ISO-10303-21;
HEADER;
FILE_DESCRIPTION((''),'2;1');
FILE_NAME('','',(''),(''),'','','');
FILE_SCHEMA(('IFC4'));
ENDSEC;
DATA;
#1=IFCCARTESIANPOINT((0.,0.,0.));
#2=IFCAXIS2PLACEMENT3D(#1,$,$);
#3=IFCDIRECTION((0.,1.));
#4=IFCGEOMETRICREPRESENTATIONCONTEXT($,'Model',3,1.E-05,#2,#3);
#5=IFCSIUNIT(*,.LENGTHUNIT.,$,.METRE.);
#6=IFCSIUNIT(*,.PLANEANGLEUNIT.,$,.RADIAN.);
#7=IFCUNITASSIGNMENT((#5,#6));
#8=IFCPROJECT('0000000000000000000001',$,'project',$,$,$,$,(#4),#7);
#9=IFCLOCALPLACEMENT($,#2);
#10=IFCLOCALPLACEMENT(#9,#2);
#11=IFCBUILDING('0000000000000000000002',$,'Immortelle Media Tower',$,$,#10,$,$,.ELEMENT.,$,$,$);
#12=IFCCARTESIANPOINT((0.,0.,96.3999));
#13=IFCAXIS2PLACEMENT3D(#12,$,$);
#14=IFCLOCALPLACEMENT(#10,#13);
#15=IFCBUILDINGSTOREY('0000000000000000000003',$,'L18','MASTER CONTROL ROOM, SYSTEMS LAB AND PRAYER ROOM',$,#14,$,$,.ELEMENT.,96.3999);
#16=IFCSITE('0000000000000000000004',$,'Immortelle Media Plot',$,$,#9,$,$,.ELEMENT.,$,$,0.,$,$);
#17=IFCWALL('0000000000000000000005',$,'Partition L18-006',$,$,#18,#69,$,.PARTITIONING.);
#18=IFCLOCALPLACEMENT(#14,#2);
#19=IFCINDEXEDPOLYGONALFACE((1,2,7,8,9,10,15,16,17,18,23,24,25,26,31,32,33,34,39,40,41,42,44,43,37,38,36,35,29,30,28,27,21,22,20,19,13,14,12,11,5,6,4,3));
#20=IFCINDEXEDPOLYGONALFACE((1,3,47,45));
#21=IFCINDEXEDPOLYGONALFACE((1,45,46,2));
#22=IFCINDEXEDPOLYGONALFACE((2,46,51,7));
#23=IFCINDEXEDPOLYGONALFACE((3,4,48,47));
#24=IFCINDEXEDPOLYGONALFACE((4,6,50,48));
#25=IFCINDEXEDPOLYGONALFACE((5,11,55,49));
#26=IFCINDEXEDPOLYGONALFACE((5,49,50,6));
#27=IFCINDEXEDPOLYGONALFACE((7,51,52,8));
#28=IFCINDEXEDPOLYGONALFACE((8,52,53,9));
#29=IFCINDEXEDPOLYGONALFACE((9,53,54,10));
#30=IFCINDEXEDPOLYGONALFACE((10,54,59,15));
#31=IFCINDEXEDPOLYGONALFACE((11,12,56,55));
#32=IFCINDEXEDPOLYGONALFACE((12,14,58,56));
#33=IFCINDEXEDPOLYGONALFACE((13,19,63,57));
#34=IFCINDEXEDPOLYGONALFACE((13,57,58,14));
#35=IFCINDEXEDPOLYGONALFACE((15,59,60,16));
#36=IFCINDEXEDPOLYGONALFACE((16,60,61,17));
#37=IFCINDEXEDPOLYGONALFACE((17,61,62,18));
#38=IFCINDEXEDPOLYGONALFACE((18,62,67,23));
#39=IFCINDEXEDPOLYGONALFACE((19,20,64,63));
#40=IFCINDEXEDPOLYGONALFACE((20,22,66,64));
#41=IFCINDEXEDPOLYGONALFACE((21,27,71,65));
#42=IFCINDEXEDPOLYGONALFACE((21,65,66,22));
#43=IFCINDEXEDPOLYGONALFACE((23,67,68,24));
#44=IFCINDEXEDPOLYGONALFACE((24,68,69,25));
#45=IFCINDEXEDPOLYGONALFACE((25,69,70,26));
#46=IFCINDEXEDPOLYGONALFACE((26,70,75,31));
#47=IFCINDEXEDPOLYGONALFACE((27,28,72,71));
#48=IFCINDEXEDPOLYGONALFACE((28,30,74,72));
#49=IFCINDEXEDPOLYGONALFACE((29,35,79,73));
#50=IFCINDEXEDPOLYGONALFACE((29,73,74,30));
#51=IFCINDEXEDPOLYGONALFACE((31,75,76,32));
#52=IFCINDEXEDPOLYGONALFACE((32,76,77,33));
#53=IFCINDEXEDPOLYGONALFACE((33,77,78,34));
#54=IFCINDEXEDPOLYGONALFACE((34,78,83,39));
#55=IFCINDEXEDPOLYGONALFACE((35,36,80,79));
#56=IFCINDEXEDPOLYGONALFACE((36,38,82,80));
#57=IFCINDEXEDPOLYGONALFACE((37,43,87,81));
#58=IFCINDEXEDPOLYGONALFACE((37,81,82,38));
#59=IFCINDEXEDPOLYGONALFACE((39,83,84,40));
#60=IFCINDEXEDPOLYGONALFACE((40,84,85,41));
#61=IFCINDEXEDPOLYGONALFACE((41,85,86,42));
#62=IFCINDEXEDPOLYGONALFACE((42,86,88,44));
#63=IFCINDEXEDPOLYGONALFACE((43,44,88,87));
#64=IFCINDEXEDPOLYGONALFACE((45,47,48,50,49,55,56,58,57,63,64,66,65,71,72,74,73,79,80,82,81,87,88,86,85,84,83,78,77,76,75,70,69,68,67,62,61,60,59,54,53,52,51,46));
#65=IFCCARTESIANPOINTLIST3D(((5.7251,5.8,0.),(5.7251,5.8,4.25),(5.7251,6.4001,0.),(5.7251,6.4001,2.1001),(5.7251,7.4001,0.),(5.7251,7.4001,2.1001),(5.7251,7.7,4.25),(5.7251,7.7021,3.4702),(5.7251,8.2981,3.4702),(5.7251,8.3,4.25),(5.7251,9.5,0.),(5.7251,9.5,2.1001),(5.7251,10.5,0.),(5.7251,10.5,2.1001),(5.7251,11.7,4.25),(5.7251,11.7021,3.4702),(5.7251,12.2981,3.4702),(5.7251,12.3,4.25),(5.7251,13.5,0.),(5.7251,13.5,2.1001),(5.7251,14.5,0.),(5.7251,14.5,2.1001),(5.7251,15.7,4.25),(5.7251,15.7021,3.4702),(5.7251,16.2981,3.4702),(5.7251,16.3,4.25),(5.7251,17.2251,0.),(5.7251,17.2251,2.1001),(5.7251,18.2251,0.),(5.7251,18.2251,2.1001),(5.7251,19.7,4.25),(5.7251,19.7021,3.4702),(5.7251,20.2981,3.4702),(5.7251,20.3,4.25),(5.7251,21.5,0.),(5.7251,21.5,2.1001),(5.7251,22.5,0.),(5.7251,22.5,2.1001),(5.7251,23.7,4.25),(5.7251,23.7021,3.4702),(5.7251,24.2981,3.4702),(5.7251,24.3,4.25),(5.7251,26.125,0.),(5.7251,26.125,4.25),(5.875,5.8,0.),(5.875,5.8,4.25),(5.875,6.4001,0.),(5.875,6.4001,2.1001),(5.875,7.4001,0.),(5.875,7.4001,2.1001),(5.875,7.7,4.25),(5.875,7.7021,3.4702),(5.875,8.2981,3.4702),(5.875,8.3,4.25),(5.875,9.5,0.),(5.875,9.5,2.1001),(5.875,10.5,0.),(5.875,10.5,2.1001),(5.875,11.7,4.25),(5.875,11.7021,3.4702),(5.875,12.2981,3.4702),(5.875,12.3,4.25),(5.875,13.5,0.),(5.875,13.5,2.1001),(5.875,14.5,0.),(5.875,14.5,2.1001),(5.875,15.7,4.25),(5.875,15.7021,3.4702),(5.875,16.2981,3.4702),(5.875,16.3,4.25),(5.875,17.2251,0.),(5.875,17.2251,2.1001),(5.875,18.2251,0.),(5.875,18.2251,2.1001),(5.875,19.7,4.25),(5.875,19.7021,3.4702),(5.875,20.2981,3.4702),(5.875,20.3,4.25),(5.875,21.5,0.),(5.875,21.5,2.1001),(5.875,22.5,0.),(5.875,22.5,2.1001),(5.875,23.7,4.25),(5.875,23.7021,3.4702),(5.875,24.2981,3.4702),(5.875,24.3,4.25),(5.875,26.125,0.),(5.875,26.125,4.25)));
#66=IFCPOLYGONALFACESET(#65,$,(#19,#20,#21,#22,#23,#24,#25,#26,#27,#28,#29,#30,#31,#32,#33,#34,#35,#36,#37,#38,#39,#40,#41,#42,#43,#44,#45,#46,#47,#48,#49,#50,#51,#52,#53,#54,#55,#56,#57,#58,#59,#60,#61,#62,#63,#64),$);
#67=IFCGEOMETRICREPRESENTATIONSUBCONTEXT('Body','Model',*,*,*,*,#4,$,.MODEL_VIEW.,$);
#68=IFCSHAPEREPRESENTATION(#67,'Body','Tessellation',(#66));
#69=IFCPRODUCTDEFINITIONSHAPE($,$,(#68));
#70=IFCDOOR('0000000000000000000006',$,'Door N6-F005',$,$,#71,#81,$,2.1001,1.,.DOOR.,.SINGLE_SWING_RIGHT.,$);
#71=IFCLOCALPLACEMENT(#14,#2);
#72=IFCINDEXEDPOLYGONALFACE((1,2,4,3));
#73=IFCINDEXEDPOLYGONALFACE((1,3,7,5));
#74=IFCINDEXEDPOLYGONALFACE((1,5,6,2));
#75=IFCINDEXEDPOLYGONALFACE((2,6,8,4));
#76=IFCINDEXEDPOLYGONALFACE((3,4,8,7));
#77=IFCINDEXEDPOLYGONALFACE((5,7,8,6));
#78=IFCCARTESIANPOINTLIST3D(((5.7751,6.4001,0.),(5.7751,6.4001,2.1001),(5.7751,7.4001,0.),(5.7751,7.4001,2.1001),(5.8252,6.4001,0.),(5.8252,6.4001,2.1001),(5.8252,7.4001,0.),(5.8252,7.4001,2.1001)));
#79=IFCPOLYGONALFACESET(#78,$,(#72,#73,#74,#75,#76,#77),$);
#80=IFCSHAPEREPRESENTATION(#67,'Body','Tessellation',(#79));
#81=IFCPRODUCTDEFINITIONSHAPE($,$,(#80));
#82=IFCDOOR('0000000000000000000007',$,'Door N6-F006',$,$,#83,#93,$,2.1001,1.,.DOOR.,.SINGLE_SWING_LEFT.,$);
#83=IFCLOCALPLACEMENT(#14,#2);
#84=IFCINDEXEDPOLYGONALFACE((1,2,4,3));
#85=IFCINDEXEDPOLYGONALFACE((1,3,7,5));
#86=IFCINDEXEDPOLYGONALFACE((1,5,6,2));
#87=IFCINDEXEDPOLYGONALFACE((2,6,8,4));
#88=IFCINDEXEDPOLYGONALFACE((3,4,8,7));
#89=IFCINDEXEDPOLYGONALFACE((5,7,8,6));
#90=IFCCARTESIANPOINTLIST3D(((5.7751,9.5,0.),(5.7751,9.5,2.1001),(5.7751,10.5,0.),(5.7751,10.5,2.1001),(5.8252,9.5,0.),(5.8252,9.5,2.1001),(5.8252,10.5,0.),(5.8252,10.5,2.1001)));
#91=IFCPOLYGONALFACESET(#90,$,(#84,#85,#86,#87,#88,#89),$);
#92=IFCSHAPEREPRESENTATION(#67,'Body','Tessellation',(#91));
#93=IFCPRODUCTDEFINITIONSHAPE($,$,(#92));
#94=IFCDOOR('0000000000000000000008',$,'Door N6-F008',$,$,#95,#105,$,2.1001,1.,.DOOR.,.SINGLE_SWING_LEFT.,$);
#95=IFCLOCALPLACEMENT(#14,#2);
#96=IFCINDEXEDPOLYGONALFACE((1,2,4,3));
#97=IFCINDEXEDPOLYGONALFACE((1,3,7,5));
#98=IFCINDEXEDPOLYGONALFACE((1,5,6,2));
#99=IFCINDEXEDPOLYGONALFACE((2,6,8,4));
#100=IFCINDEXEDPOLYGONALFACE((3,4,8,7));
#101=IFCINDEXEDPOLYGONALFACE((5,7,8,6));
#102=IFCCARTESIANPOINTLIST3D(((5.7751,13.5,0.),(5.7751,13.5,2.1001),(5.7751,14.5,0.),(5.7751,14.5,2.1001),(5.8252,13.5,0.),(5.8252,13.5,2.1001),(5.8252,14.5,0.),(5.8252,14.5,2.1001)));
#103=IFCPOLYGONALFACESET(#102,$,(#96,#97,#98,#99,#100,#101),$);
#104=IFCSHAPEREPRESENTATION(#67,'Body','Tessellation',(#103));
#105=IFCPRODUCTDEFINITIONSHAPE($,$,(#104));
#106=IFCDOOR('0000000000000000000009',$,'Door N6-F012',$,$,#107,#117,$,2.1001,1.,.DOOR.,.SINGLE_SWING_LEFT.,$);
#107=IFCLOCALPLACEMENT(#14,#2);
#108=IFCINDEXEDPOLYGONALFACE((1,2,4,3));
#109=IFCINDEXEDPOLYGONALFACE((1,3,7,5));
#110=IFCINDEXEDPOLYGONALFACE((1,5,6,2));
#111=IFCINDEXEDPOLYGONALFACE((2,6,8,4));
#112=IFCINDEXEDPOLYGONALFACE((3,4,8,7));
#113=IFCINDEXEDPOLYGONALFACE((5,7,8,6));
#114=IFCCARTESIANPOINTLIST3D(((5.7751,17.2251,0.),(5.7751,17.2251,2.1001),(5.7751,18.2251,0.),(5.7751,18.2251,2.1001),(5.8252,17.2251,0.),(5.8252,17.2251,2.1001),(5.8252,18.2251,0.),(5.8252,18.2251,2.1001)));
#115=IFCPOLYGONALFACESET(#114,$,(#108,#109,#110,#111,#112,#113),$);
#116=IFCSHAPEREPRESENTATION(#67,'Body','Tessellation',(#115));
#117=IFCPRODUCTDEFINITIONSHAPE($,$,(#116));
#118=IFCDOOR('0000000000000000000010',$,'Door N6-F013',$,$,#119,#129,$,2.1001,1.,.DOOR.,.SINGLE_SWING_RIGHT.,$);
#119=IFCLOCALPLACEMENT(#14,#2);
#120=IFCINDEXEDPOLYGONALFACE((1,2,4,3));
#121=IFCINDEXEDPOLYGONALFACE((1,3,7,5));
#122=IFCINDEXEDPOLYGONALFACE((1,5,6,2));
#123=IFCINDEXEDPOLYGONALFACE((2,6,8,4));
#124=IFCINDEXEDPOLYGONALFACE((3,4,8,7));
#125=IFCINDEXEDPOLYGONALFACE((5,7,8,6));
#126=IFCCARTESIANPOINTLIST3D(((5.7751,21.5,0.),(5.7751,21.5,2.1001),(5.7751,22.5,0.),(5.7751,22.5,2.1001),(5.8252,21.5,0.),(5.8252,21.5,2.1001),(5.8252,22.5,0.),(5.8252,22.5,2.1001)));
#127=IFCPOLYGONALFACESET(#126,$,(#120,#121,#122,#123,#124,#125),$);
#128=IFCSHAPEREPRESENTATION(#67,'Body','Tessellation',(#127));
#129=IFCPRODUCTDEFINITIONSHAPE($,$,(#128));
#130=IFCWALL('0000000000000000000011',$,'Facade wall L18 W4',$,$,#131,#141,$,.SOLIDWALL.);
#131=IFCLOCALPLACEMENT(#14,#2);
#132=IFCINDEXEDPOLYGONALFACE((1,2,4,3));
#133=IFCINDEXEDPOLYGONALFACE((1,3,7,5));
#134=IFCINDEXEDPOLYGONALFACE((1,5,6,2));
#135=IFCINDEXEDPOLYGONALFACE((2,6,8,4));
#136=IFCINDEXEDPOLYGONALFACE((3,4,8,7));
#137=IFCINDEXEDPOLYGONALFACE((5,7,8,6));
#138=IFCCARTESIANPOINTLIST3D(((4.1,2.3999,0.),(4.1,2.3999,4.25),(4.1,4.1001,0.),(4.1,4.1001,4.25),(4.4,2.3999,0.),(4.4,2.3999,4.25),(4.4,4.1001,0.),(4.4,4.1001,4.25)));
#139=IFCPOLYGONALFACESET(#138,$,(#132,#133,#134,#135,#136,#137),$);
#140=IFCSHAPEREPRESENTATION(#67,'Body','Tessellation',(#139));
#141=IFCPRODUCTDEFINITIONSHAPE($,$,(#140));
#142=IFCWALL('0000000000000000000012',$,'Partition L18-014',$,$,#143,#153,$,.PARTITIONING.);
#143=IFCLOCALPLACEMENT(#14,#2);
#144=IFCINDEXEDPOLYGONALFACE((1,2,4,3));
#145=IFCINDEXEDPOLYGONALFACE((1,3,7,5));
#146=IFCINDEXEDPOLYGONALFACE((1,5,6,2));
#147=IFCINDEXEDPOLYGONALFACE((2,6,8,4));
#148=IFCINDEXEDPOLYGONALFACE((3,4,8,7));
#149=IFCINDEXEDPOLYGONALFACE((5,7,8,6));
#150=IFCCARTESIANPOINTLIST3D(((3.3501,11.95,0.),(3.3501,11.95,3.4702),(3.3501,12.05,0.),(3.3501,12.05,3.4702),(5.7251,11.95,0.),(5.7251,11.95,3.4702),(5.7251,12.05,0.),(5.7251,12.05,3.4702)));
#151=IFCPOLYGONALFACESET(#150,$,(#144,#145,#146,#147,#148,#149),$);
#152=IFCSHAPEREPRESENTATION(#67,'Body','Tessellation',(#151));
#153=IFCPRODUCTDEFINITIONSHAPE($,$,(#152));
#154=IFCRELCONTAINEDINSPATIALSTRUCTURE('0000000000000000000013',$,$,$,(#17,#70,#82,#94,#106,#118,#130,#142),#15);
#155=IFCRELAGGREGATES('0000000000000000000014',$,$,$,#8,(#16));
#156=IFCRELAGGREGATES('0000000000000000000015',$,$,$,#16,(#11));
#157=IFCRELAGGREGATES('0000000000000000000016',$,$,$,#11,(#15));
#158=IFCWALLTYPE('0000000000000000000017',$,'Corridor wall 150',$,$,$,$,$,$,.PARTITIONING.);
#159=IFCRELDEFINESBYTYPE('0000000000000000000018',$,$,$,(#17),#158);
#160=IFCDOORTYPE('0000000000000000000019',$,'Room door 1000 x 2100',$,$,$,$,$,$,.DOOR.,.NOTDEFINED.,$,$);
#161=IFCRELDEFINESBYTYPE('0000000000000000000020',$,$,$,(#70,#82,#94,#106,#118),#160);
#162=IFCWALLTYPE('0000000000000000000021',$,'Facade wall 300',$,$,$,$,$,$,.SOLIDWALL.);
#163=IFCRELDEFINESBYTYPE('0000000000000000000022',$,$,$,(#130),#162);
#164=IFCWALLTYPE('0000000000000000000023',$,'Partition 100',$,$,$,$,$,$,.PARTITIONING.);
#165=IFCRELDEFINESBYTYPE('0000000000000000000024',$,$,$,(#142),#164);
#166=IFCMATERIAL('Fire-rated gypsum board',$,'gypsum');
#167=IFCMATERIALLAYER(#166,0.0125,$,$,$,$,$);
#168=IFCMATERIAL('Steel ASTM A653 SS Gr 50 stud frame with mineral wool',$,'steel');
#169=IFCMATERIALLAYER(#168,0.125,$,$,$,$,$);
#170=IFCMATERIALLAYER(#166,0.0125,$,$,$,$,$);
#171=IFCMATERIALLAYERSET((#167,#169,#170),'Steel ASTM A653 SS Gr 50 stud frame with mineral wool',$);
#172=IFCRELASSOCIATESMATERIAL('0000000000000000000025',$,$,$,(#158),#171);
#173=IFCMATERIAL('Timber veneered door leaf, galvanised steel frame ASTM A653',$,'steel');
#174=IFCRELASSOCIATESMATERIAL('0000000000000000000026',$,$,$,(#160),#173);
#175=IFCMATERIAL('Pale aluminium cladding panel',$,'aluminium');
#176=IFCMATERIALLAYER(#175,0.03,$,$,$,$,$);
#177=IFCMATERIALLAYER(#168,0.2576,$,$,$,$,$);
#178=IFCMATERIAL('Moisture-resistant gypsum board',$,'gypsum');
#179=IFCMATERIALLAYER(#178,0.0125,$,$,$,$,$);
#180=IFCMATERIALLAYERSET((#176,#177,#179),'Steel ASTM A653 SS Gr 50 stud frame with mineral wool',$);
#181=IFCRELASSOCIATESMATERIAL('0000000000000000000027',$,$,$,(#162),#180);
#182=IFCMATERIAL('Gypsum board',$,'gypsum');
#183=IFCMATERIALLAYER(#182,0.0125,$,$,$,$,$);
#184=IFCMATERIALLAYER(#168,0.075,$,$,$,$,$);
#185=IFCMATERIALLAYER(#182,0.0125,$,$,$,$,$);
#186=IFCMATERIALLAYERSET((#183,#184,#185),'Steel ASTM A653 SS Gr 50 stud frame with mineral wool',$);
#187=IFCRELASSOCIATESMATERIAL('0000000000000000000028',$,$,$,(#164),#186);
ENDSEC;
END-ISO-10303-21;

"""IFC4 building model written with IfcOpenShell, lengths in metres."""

from ifc_helpers import new_model, si_unit, direction, frame, frame_2d, origin, place, context, subcontext, project, spatial, polyline, rectangle, outline, extrude, material, layer, layer_set, type_object, element, fill, save


model = new_model("IFC4")

# Units and contexts
model_context = context("Model", 3, precision=1e-05, world=origin(), true_north=direction((0.0, 1.0)))
body_context = subcontext(model_context, "Body", "Model", "MODEL_VIEW")
ifc_project = project(units=[si_unit("LENGTHUNIT", "METRE"), si_unit("PLANEANGLEUNIT", "RADIAN")], contexts=[model_context])

# Site, building, storey
site_placement = place(None, origin())
site = spatial("IfcSite", under=ifc_project, at=site_placement, Name="Immortelle Media Plot", CompositionType="ELEMENT", RefElevation=0.0)
building_placement = place(site_placement, origin())
building = spatial("IfcBuilding", under=site, at=building_placement, Name="Immortelle Media Tower", CompositionType="ELEMENT")
storey_placement = place(building_placement, frame((0.0, 0.0, 96.3999)))
storey = spatial("IfcBuildingStorey", under=building, at=storey_placement, Name="L18", Description="MASTER CONTROL ROOM, SYSTEMS LAB AND PRAYER ROOM", CompositionType="ELEMENT", Elevation=96.3999)

# Wall, openings, doors
ifc_material_1 = material(Name="Fire-rated gypsum board", Category="gypsum")
ifc_layer_1 = layer(ifc_material_1, 0.0125)
ifc_material_2 = material(Name="Steel ASTM A653 SS Gr 50 stud frame with mineral wool", Category="steel")
ifc_layer_2 = layer(ifc_material_2, 0.125)
ifc_layer_3 = layer(ifc_material_1, 0.0125)
ifc_layer_set_1 = layer_set([ifc_layer_1, ifc_layer_2, ifc_layer_3], Name="Steel ASTM A653 SS Gr 50 stud frame with mineral wool")
wall_type_1 = type_object("IfcWallType", Name="Corridor wall 150", PredefinedType="PARTITIONING", material=ifc_layer_set_1)
ifc_material_3 = material(Name="Timber veneered door leaf, galvanised steel frame ASTM A653", Category="steel")
door_type_1 = type_object("IfcDoorType", Name="Room door 1000 x 2100", OperationType="NOTDEFINED", PredefinedType="DOOR", material=ifc_material_3)
wall_1_placement = place(storey_placement, frame((5.8, 5.8, 0.0), z_axis=(0.0, 0.0, 1.0), x_axis=(0.0, 1.0, 0.0)))
wall_1 = element("IfcWall", 1, at=wall_1_placement, inside=storey, type_object=wall_type_1, Name="Partition L18-006", PredefinedType="PARTITIONING", context=body_context, shape_type="SweptSolid", body=[
    extrude(outline(polyline([(0.0, 0.0), (20.325, 0.0), (20.325, 4.25), (18.5, 4.25), (18.498, 3.4702), (17.9021, 3.4702), (17.8999, 4.25), (14.5, 4.25), (14.498, 3.4702), (13.9021, 3.4702), (13.8999, 4.25), (10.5, 4.25), (10.498, 3.4702), (9.9021, 3.4702), (9.8999, 4.25), (6.5, 4.25), (6.498, 3.4702), (5.9021, 3.4702), (5.8999, 4.25), (2.5, 4.25), (2.498, 3.4702), (1.9021, 3.4702), (1.8999, 4.25), (0.0, 4.25), (0.0, 0.0)])), frame((0.0, 0.075, 0.0), z_axis=(0.0, -1.0, 0.0), x_axis=(1.0, 0.0, 0.0)), (0.0, 0.0, 1.0), 0.1499),
])
opening_1_placement = place(wall_1_placement, frame((0.6001, 0.0, 0.0)))
opening_1 = element("IfcOpeningElement", 2, at=opening_1_placement, cuts=wall_1, PredefinedType="OPENING", context=body_context, shape_type="SweptSolid", body=[
    extrude(rectangle(XDim=1.0, YDim=2.1001, at=frame_2d((0.5, 1.05))), frame((0.0, 0.085, 0.0), z_axis=(0.0, -1.0, 0.0), x_axis=(1.0, 0.0, 0.0)), (0.0, 0.0, 1.0), 0.1699),
])
opening_2_placement = place(wall_1_placement, frame((3.7, 0.0, 0.0)))
opening_2 = element("IfcOpeningElement", 3, at=opening_2_placement, cuts=wall_1, PredefinedType="OPENING", context=body_context, shape_type="SweptSolid", body=[
    extrude(rectangle(XDim=1.0, YDim=2.1001, at=frame_2d((0.5, 1.05))), frame((0.0, 0.085, 0.0), z_axis=(0.0, -1.0, 0.0), x_axis=(1.0, 0.0, 0.0)), (0.0, 0.0, 1.0), 0.1699),
])
opening_3_placement = place(wall_1_placement, frame((7.7, 0.0, 0.0)))
opening_3 = element("IfcOpeningElement", 4, at=opening_3_placement, cuts=wall_1, PredefinedType="OPENING", context=body_context, shape_type="SweptSolid", body=[
    extrude(rectangle(XDim=1.0, YDim=2.1001, at=frame_2d((0.5, 1.05))), frame((0.0, 0.085, 0.0), z_axis=(0.0, -1.0, 0.0), x_axis=(1.0, 0.0, 0.0)), (0.0, 0.0, 1.0), 0.1699),
])
opening_4_placement = place(wall_1_placement, frame((11.425, 0.0, 0.0)))
opening_4 = element("IfcOpeningElement", 5, at=opening_4_placement, cuts=wall_1, PredefinedType="OPENING", context=body_context, shape_type="SweptSolid", body=[
    extrude(rectangle(XDim=1.0, YDim=2.1001, at=frame_2d((0.5, 1.05))), frame((0.0, 0.085, 0.0), z_axis=(0.0, -1.0, 0.0), x_axis=(1.0, 0.0, 0.0)), (0.0, 0.0, 1.0), 0.1699),
])
opening_5_placement = place(wall_1_placement, frame((15.7, 0.0, 0.0)))
opening_5 = element("IfcOpeningElement", 6, at=opening_5_placement, cuts=wall_1, PredefinedType="OPENING", context=body_context, shape_type="SweptSolid", body=[
    extrude(rectangle(XDim=1.0, YDim=2.1001, at=frame_2d((0.5, 1.05))), frame((0.0, 0.085, 0.0), z_axis=(0.0, -1.0, 0.0), x_axis=(1.0, 0.0, 0.0)), (0.0, 0.0, 1.0), 0.1699),
])
door_1_placement = place(opening_1_placement, origin())
door_1 = element("IfcDoor", 7, at=door_1_placement, inside=storey, type_object=door_type_1, Name="Door N6-F005", OperationType="SINGLE_SWING_RIGHT", OverallHeight=2.1001, OverallWidth=1.0, PredefinedType="DOOR", context=body_context, shape_type="SweptSolid", body=[
    extrude(rectangle(XDim=1.0, YDim=2.1001, at=frame_2d((0.5, 1.05))), frame((0.0, 0.0249, 0.0), z_axis=(0.0, -1.0, 0.0), x_axis=(1.0, 0.0, 0.0)), (0.0, 0.0, 1.0), 0.05),
])
fill(opening_1, door_1)
door_2_placement = place(opening_2_placement, origin())
door_2 = element("IfcDoor", 8, at=door_2_placement, inside=storey, type_object=door_type_1, Name="Door N6-F006", OperationType="SINGLE_SWING_LEFT", OverallHeight=2.1001, OverallWidth=1.0, PredefinedType="DOOR", context=body_context, shape_type="SweptSolid", body=[
    extrude(rectangle(XDim=1.0, YDim=2.1001, at=frame_2d((0.5, 1.05))), frame((0.0, 0.0249, 0.0), z_axis=(0.0, -1.0, 0.0), x_axis=(1.0, 0.0, 0.0)), (0.0, 0.0, 1.0), 0.05),
])
fill(opening_2, door_2)
door_3_placement = place(opening_3_placement, origin())
door_3 = element("IfcDoor", 9, at=door_3_placement, inside=storey, type_object=door_type_1, Name="Door N6-F008", OperationType="SINGLE_SWING_LEFT", OverallHeight=2.1001, OverallWidth=1.0, PredefinedType="DOOR", context=body_context, shape_type="SweptSolid", body=[
    extrude(rectangle(XDim=1.0, YDim=2.1001, at=frame_2d((0.5, 1.05))), frame((0.0, 0.0249, 0.0), z_axis=(0.0, -1.0, 0.0), x_axis=(1.0, 0.0, 0.0)), (0.0, 0.0, 1.0), 0.05),
])
fill(opening_3, door_3)
door_4_placement = place(opening_4_placement, origin())
door_4 = element("IfcDoor", 10, at=door_4_placement, inside=storey, type_object=door_type_1, Name="Door N6-F012", OperationType="SINGLE_SWING_LEFT", OverallHeight=2.1001, OverallWidth=1.0, PredefinedType="DOOR", context=body_context, shape_type="SweptSolid", body=[
    extrude(rectangle(XDim=1.0, YDim=2.1001, at=frame_2d((0.5, 1.05))), frame((0.0, 0.0249, 0.0), z_axis=(0.0, -1.0, 0.0), x_axis=(1.0, 0.0, 0.0)), (0.0, 0.0, 1.0), 0.05),
])
fill(opening_4, door_4)
door_5_placement = place(opening_5_placement, origin())
door_5 = element("IfcDoor", 11, at=door_5_placement, inside=storey, type_object=door_type_1, Name="Door N6-F013", OperationType="SINGLE_SWING_RIGHT", OverallHeight=2.1001, OverallWidth=1.0, PredefinedType="DOOR", context=body_context, shape_type="SweptSolid", body=[
    extrude(rectangle(XDim=1.0, YDim=2.1001, at=frame_2d((0.5, 1.05))), frame((0.0, 0.0249, 0.0), z_axis=(0.0, -1.0, 0.0), x_axis=(1.0, 0.0, 0.0)), (0.0, 0.0, 1.0), 0.05),
])
fill(opening_5, door_5)

# Walls
ifc_material_4 = material(Name="Pale aluminium cladding panel", Category="aluminium")
ifc_layer_4 = layer(ifc_material_4, 0.03)
ifc_layer_5 = layer(ifc_material_2, 0.2576)
ifc_material_5 = material(Name="Moisture-resistant gypsum board", Category="gypsum")
ifc_layer_6 = layer(ifc_material_5, 0.0125)
ifc_layer_set_2 = layer_set([ifc_layer_4, ifc_layer_5, ifc_layer_6], Name="Steel ASTM A653 SS Gr 50 stud frame with mineral wool")
wall_type_2 = type_object("IfcWallType", Name="Facade wall 300", PredefinedType="SOLIDWALL", material=ifc_layer_set_2)
wall_2_placement = place(storey_placement, frame((4.25, 4.1001, 0.0), z_axis=(0.0, 0.0, 1.0), x_axis=(0.0, -1.0, 0.0)))
element("IfcWall", 12, at=wall_2_placement, inside=storey, type_object=wall_type_2, Name="Facade wall L18 W4", PredefinedType="SOLIDWALL", context=body_context, shape_type="SweptSolid", body=[
    extrude(rectangle(XDim=1.7002, YDim=0.3, at=frame_2d((0.8501, 0.0))), origin(), (0.0, 0.0, 1.0), 4.25),
])
ifc_material_6 = material(Name="Gypsum board", Category="gypsum")
ifc_layer_7 = layer(ifc_material_6, 0.0125)
ifc_layer_8 = layer(ifc_material_2, 0.075)
ifc_layer_9 = layer(ifc_material_6, 0.0125)
ifc_layer_set_3 = layer_set([ifc_layer_7, ifc_layer_8, ifc_layer_9], Name="Steel ASTM A653 SS Gr 50 stud frame with mineral wool")
wall_type_3 = type_object("IfcWallType", Name="Partition 100", PredefinedType="PARTITIONING", material=ifc_layer_set_3)
wall_3_placement = place(storey_placement, frame((3.3501, 12.0, 0.0), z_axis=(0.0, 0.0, 1.0), x_axis=(1.0, 0.0, 0.0)))
element("IfcWall", 13, at=wall_3_placement, inside=storey, type_object=wall_type_3, Name="Partition L18-014", PredefinedType="PARTITIONING", context=body_context, shape_type="SweptSolid", body=[
    extrude(rectangle(XDim=2.375, YDim=0.1001, at=frame_2d((1.1875, 0.0))), origin(), (0.0, 0.0, 1.0), 3.4702),
])

save(model, "model.ifc")
